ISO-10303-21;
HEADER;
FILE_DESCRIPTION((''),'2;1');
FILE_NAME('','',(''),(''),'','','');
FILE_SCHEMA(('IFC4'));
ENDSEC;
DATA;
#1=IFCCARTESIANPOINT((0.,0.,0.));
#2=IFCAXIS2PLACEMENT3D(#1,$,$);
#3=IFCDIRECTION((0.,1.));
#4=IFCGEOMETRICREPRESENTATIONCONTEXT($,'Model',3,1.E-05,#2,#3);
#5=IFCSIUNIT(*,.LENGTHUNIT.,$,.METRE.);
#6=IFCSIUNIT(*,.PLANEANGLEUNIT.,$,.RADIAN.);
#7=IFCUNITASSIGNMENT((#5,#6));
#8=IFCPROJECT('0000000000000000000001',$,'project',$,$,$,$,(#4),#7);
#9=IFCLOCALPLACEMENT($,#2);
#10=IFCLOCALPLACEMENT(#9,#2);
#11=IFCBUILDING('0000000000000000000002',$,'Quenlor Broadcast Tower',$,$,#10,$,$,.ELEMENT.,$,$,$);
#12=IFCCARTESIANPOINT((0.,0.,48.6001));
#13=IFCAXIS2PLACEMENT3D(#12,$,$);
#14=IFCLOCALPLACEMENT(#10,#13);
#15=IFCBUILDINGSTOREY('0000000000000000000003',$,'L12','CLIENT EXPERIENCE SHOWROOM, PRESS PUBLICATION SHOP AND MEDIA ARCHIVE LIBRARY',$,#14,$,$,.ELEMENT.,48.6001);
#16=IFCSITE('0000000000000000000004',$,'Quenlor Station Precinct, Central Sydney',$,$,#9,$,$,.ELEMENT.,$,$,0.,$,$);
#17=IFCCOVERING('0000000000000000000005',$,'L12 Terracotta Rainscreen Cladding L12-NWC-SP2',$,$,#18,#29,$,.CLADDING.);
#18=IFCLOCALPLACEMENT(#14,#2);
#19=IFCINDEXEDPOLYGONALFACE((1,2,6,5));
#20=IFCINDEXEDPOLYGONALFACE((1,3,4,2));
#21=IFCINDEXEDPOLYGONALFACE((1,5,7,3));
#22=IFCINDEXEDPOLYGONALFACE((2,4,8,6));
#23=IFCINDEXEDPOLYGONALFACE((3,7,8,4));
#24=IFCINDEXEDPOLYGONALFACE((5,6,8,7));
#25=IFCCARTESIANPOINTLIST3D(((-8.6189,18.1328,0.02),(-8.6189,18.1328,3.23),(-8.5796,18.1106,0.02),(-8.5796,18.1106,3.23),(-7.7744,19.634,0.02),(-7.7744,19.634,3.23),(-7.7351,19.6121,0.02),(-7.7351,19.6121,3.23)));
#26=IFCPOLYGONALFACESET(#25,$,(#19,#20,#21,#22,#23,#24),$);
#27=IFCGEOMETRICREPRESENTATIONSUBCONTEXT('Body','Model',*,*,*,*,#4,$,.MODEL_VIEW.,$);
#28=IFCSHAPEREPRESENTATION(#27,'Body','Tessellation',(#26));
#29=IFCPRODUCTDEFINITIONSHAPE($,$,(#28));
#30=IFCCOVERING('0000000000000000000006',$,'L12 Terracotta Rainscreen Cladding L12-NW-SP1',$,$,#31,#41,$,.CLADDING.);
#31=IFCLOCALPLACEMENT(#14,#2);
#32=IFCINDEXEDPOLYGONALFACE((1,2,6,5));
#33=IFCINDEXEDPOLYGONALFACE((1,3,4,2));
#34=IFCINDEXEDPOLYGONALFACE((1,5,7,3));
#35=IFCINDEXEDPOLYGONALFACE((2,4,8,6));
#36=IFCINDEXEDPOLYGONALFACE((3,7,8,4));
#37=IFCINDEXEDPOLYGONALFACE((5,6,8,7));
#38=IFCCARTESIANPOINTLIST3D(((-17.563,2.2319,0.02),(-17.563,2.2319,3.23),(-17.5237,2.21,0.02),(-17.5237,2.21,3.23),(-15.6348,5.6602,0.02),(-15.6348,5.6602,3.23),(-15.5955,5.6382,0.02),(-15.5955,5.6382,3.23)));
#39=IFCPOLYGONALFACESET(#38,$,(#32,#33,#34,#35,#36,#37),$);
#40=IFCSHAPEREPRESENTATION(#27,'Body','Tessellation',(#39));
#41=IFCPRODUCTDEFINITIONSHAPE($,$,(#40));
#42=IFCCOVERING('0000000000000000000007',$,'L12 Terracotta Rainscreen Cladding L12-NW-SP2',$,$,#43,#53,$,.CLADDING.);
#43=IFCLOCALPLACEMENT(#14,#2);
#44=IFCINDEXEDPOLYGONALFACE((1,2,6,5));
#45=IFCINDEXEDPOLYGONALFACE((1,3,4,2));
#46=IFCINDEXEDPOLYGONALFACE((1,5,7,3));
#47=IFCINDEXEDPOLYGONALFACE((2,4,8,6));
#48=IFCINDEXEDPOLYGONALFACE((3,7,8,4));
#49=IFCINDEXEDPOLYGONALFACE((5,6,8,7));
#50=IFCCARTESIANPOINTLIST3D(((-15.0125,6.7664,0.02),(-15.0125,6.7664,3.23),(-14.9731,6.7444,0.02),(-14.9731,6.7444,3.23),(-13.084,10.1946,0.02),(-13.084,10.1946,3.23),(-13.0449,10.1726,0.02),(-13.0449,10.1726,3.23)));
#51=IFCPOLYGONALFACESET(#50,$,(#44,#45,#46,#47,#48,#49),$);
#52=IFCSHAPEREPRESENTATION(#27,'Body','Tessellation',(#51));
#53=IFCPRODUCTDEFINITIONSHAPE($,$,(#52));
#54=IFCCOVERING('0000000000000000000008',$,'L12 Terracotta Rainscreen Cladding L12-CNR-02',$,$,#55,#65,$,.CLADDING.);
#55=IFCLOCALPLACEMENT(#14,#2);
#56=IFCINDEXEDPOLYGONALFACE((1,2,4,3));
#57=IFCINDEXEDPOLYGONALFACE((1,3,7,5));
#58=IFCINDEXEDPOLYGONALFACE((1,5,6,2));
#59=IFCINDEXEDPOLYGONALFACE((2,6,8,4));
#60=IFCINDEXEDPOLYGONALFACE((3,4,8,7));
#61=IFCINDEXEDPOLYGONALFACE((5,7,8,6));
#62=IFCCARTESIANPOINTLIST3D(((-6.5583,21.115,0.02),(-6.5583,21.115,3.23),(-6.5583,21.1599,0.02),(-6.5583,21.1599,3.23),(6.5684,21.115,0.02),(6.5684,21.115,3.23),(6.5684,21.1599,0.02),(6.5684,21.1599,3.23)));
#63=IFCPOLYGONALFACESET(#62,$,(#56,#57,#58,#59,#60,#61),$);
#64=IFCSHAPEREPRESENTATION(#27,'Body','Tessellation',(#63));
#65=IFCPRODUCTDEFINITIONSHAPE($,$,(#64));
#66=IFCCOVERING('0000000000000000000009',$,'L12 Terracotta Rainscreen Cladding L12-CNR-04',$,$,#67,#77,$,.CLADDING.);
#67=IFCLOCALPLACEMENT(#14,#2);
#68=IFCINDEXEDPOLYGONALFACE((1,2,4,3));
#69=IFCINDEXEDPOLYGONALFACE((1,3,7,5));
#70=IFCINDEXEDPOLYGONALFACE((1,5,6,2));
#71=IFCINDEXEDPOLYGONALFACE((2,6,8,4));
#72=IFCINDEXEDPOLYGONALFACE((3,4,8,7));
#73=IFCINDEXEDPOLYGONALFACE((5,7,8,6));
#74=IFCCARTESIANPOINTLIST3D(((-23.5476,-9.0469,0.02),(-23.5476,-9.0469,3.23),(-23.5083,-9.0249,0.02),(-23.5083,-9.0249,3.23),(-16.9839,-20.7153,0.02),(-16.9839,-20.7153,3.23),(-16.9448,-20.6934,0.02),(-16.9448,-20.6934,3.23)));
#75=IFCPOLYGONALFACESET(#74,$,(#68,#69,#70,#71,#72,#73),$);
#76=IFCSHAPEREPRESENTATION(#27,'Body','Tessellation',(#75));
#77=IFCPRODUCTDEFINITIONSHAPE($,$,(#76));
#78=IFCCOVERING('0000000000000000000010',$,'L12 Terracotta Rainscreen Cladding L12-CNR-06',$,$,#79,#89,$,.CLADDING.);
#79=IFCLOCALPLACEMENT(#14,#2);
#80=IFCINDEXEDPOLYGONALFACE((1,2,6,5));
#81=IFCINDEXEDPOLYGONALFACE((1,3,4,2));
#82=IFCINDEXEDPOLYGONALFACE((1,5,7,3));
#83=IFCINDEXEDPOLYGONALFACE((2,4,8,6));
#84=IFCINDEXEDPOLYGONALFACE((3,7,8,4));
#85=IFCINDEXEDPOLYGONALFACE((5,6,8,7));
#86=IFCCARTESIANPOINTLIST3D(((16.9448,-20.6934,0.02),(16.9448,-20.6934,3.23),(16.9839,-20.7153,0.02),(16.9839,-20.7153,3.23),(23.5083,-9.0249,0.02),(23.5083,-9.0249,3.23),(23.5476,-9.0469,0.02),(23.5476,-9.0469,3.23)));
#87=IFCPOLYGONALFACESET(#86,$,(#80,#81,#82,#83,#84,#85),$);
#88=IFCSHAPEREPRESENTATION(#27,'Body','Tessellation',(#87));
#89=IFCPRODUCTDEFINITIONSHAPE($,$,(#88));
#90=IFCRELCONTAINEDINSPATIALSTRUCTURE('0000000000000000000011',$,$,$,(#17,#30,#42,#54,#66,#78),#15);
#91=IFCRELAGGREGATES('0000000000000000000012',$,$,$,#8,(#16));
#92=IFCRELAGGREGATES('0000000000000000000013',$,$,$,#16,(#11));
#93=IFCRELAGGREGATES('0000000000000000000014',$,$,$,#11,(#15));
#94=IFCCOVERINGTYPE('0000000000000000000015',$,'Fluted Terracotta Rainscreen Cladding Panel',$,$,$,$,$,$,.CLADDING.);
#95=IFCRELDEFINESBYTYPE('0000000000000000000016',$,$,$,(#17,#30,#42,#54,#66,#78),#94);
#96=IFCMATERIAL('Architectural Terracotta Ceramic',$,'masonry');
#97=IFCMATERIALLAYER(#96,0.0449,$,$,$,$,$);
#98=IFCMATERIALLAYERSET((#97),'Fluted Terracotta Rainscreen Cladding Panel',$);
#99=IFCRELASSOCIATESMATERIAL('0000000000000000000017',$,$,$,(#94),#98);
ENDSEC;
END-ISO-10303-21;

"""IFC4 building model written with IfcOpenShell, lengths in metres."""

from ifc_helpers import new_model, si_unit, direction, frame, origin, place, context, subcontext, project, spatial, polyline, outline, extrude, material, layer, layer_set, type_object, element, save


model = new_model("IFC4")

# Units and contexts
model_context = context("Model", 3, precision=1e-05, world=origin(), true_north=direction((0.0, 1.0)))
body_context = subcontext(model_context, "Body", "Model", "MODEL_VIEW")
ifc_project = project(units=[si_unit("LENGTHUNIT", "METRE"), si_unit("PLANEANGLEUNIT", "RADIAN")], contexts=[model_context])

# Site, building, storey
site_placement = place(None, origin())
site = spatial("IfcSite", under=ifc_project, at=site_placement, Name="Quenlor Station Precinct, Central Sydney", CompositionType="ELEMENT", RefElevation=0.0)
building_placement = place(site_placement, origin())
building = spatial("IfcBuilding", under=site, at=building_placement, Name="Quenlor Broadcast Tower", CompositionType="ELEMENT")
storey_placement = place(building_placement, frame((0.0, 0.0, 48.6001)))
storey = spatial("IfcBuildingStorey", under=building, at=storey_placement, Name="L12", Description="CLIENT EXPERIENCE SHOWROOM, PRESS PUBLICATION SHOP AND MEDIA ARCHIVE LIBRARY", CompositionType="ELEMENT", Elevation=48.6001)

# Coverings
ifc_material_1 = material(Name="Architectural Terracotta Ceramic", Category="masonry")
ifc_layer_1 = layer(ifc_material_1, 0.0449)
ifc_layer_set_1 = layer_set([ifc_layer_1], Name="Fluted Terracotta Rainscreen Cladding Panel")
covering_type_1 = type_object("IfcCoveringType", Name="Fluted Terracotta Rainscreen Cladding Panel", PredefinedType="CLADDING", material=ifc_layer_set_1)
covering_1_placement = place(storey_placement, frame((0.0, 0.0, 0.02)))
element("IfcCovering", 1, at=covering_1_placement, inside=storey, type_object=covering_type_1, Name="L12 Terracotta Rainscreen Cladding L12-NWC-SP2", PredefinedType="CLADDING", context=body_context, shape_type="SweptSolid", body=[
    extrude(outline(polyline([(-8.5796, 18.1106), (-7.7351, 19.6121), (-7.7744, 19.634), (-8.6189, 18.1328), (-8.5796, 18.1106)])), origin(), (0.0, 0.0, 1.0), 3.21),
])
covering_2_placement = place(storey_placement, frame((0.0, 0.0, 0.02)))
element("IfcCovering", 2, at=covering_2_placement, inside=storey, type_object=covering_type_1, Name="L12 Terracotta Rainscreen Cladding L12-NW-SP1", PredefinedType="CLADDING", context=body_context, shape_type="SweptSolid", body=[
    extrude(outline(polyline([(-17.5237, 2.21), (-15.5955, 5.6382), (-15.6348, 5.6602), (-17.563, 2.2319), (-17.5237, 2.21)])), origin(), (0.0, 0.0, 1.0), 3.21),
])
covering_3_placement = place(storey_placement, frame((0.0, 0.0, 0.02)))
element("IfcCovering", 3, at=covering_3_placement, inside=storey, type_object=covering_type_1, Name="L12 Terracotta Rainscreen Cladding L12-NW-SP2", PredefinedType="CLADDING", context=body_context, shape_type="SweptSolid", body=[
    extrude(outline(polyline([(-14.9731, 6.7444), (-13.0449, 10.1726), (-13.084, 10.1946), (-15.0125, 6.7664), (-14.9731, 6.7444)])), origin(), (0.0, 0.0, 1.0), 3.21),
])
covering_4_placement = place(storey_placement, frame((0.0, 0.0, 0.02)))
element("IfcCovering", 4, at=covering_4_placement, inside=storey, type_object=covering_type_1, Name="L12 Terracotta Rainscreen Cladding L12-CNR-02", PredefinedType="CLADDING", context=body_context, shape_type="SweptSolid", body=[
    extrude(outline(polyline([(6.5684, 21.1599), (-6.5583, 21.1599), (-6.5583, 21.115), (6.5684, 21.115), (6.5684, 21.1599)])), origin(), (0.0, 0.0, 1.0), 3.21),
])
covering_5_placement = place(storey_placement, frame((0.0, 0.0, 0.02)))
element("IfcCovering", 5, at=covering_5_placement, inside=storey, type_object=covering_type_1, Name="L12 Terracotta Rainscreen Cladding L12-CNR-04", PredefinedType="CLADDING", context=body_context, shape_type="SweptSolid", body=[
    extrude(outline(polyline([(-23.5476, -9.0469), (-16.9839, -20.7153), (-16.9448, -20.6934), (-23.5083, -9.0249), (-23.5476, -9.0469)])), origin(), (0.0, 0.0, 1.0), 3.21),
])
covering_6_placement = place(storey_placement, frame((0.0, 0.0, 0.02)))
element("IfcCovering", 6, at=covering_6_placement, inside=storey, type_object=covering_type_1, Name="L12 Terracotta Rainscreen Cladding L12-CNR-06", PredefinedType="CLADDING", context=body_context, shape_type="SweptSolid", body=[
    extrude(outline(polyline([(16.9839, -20.7153), (23.5476, -9.0469), (23.5083, -9.0249), (16.9448, -20.6934), (16.9839, -20.7153)])), origin(), (0.0, 0.0, 1.0), 3.21),
])

save(model, "model.ifc")
